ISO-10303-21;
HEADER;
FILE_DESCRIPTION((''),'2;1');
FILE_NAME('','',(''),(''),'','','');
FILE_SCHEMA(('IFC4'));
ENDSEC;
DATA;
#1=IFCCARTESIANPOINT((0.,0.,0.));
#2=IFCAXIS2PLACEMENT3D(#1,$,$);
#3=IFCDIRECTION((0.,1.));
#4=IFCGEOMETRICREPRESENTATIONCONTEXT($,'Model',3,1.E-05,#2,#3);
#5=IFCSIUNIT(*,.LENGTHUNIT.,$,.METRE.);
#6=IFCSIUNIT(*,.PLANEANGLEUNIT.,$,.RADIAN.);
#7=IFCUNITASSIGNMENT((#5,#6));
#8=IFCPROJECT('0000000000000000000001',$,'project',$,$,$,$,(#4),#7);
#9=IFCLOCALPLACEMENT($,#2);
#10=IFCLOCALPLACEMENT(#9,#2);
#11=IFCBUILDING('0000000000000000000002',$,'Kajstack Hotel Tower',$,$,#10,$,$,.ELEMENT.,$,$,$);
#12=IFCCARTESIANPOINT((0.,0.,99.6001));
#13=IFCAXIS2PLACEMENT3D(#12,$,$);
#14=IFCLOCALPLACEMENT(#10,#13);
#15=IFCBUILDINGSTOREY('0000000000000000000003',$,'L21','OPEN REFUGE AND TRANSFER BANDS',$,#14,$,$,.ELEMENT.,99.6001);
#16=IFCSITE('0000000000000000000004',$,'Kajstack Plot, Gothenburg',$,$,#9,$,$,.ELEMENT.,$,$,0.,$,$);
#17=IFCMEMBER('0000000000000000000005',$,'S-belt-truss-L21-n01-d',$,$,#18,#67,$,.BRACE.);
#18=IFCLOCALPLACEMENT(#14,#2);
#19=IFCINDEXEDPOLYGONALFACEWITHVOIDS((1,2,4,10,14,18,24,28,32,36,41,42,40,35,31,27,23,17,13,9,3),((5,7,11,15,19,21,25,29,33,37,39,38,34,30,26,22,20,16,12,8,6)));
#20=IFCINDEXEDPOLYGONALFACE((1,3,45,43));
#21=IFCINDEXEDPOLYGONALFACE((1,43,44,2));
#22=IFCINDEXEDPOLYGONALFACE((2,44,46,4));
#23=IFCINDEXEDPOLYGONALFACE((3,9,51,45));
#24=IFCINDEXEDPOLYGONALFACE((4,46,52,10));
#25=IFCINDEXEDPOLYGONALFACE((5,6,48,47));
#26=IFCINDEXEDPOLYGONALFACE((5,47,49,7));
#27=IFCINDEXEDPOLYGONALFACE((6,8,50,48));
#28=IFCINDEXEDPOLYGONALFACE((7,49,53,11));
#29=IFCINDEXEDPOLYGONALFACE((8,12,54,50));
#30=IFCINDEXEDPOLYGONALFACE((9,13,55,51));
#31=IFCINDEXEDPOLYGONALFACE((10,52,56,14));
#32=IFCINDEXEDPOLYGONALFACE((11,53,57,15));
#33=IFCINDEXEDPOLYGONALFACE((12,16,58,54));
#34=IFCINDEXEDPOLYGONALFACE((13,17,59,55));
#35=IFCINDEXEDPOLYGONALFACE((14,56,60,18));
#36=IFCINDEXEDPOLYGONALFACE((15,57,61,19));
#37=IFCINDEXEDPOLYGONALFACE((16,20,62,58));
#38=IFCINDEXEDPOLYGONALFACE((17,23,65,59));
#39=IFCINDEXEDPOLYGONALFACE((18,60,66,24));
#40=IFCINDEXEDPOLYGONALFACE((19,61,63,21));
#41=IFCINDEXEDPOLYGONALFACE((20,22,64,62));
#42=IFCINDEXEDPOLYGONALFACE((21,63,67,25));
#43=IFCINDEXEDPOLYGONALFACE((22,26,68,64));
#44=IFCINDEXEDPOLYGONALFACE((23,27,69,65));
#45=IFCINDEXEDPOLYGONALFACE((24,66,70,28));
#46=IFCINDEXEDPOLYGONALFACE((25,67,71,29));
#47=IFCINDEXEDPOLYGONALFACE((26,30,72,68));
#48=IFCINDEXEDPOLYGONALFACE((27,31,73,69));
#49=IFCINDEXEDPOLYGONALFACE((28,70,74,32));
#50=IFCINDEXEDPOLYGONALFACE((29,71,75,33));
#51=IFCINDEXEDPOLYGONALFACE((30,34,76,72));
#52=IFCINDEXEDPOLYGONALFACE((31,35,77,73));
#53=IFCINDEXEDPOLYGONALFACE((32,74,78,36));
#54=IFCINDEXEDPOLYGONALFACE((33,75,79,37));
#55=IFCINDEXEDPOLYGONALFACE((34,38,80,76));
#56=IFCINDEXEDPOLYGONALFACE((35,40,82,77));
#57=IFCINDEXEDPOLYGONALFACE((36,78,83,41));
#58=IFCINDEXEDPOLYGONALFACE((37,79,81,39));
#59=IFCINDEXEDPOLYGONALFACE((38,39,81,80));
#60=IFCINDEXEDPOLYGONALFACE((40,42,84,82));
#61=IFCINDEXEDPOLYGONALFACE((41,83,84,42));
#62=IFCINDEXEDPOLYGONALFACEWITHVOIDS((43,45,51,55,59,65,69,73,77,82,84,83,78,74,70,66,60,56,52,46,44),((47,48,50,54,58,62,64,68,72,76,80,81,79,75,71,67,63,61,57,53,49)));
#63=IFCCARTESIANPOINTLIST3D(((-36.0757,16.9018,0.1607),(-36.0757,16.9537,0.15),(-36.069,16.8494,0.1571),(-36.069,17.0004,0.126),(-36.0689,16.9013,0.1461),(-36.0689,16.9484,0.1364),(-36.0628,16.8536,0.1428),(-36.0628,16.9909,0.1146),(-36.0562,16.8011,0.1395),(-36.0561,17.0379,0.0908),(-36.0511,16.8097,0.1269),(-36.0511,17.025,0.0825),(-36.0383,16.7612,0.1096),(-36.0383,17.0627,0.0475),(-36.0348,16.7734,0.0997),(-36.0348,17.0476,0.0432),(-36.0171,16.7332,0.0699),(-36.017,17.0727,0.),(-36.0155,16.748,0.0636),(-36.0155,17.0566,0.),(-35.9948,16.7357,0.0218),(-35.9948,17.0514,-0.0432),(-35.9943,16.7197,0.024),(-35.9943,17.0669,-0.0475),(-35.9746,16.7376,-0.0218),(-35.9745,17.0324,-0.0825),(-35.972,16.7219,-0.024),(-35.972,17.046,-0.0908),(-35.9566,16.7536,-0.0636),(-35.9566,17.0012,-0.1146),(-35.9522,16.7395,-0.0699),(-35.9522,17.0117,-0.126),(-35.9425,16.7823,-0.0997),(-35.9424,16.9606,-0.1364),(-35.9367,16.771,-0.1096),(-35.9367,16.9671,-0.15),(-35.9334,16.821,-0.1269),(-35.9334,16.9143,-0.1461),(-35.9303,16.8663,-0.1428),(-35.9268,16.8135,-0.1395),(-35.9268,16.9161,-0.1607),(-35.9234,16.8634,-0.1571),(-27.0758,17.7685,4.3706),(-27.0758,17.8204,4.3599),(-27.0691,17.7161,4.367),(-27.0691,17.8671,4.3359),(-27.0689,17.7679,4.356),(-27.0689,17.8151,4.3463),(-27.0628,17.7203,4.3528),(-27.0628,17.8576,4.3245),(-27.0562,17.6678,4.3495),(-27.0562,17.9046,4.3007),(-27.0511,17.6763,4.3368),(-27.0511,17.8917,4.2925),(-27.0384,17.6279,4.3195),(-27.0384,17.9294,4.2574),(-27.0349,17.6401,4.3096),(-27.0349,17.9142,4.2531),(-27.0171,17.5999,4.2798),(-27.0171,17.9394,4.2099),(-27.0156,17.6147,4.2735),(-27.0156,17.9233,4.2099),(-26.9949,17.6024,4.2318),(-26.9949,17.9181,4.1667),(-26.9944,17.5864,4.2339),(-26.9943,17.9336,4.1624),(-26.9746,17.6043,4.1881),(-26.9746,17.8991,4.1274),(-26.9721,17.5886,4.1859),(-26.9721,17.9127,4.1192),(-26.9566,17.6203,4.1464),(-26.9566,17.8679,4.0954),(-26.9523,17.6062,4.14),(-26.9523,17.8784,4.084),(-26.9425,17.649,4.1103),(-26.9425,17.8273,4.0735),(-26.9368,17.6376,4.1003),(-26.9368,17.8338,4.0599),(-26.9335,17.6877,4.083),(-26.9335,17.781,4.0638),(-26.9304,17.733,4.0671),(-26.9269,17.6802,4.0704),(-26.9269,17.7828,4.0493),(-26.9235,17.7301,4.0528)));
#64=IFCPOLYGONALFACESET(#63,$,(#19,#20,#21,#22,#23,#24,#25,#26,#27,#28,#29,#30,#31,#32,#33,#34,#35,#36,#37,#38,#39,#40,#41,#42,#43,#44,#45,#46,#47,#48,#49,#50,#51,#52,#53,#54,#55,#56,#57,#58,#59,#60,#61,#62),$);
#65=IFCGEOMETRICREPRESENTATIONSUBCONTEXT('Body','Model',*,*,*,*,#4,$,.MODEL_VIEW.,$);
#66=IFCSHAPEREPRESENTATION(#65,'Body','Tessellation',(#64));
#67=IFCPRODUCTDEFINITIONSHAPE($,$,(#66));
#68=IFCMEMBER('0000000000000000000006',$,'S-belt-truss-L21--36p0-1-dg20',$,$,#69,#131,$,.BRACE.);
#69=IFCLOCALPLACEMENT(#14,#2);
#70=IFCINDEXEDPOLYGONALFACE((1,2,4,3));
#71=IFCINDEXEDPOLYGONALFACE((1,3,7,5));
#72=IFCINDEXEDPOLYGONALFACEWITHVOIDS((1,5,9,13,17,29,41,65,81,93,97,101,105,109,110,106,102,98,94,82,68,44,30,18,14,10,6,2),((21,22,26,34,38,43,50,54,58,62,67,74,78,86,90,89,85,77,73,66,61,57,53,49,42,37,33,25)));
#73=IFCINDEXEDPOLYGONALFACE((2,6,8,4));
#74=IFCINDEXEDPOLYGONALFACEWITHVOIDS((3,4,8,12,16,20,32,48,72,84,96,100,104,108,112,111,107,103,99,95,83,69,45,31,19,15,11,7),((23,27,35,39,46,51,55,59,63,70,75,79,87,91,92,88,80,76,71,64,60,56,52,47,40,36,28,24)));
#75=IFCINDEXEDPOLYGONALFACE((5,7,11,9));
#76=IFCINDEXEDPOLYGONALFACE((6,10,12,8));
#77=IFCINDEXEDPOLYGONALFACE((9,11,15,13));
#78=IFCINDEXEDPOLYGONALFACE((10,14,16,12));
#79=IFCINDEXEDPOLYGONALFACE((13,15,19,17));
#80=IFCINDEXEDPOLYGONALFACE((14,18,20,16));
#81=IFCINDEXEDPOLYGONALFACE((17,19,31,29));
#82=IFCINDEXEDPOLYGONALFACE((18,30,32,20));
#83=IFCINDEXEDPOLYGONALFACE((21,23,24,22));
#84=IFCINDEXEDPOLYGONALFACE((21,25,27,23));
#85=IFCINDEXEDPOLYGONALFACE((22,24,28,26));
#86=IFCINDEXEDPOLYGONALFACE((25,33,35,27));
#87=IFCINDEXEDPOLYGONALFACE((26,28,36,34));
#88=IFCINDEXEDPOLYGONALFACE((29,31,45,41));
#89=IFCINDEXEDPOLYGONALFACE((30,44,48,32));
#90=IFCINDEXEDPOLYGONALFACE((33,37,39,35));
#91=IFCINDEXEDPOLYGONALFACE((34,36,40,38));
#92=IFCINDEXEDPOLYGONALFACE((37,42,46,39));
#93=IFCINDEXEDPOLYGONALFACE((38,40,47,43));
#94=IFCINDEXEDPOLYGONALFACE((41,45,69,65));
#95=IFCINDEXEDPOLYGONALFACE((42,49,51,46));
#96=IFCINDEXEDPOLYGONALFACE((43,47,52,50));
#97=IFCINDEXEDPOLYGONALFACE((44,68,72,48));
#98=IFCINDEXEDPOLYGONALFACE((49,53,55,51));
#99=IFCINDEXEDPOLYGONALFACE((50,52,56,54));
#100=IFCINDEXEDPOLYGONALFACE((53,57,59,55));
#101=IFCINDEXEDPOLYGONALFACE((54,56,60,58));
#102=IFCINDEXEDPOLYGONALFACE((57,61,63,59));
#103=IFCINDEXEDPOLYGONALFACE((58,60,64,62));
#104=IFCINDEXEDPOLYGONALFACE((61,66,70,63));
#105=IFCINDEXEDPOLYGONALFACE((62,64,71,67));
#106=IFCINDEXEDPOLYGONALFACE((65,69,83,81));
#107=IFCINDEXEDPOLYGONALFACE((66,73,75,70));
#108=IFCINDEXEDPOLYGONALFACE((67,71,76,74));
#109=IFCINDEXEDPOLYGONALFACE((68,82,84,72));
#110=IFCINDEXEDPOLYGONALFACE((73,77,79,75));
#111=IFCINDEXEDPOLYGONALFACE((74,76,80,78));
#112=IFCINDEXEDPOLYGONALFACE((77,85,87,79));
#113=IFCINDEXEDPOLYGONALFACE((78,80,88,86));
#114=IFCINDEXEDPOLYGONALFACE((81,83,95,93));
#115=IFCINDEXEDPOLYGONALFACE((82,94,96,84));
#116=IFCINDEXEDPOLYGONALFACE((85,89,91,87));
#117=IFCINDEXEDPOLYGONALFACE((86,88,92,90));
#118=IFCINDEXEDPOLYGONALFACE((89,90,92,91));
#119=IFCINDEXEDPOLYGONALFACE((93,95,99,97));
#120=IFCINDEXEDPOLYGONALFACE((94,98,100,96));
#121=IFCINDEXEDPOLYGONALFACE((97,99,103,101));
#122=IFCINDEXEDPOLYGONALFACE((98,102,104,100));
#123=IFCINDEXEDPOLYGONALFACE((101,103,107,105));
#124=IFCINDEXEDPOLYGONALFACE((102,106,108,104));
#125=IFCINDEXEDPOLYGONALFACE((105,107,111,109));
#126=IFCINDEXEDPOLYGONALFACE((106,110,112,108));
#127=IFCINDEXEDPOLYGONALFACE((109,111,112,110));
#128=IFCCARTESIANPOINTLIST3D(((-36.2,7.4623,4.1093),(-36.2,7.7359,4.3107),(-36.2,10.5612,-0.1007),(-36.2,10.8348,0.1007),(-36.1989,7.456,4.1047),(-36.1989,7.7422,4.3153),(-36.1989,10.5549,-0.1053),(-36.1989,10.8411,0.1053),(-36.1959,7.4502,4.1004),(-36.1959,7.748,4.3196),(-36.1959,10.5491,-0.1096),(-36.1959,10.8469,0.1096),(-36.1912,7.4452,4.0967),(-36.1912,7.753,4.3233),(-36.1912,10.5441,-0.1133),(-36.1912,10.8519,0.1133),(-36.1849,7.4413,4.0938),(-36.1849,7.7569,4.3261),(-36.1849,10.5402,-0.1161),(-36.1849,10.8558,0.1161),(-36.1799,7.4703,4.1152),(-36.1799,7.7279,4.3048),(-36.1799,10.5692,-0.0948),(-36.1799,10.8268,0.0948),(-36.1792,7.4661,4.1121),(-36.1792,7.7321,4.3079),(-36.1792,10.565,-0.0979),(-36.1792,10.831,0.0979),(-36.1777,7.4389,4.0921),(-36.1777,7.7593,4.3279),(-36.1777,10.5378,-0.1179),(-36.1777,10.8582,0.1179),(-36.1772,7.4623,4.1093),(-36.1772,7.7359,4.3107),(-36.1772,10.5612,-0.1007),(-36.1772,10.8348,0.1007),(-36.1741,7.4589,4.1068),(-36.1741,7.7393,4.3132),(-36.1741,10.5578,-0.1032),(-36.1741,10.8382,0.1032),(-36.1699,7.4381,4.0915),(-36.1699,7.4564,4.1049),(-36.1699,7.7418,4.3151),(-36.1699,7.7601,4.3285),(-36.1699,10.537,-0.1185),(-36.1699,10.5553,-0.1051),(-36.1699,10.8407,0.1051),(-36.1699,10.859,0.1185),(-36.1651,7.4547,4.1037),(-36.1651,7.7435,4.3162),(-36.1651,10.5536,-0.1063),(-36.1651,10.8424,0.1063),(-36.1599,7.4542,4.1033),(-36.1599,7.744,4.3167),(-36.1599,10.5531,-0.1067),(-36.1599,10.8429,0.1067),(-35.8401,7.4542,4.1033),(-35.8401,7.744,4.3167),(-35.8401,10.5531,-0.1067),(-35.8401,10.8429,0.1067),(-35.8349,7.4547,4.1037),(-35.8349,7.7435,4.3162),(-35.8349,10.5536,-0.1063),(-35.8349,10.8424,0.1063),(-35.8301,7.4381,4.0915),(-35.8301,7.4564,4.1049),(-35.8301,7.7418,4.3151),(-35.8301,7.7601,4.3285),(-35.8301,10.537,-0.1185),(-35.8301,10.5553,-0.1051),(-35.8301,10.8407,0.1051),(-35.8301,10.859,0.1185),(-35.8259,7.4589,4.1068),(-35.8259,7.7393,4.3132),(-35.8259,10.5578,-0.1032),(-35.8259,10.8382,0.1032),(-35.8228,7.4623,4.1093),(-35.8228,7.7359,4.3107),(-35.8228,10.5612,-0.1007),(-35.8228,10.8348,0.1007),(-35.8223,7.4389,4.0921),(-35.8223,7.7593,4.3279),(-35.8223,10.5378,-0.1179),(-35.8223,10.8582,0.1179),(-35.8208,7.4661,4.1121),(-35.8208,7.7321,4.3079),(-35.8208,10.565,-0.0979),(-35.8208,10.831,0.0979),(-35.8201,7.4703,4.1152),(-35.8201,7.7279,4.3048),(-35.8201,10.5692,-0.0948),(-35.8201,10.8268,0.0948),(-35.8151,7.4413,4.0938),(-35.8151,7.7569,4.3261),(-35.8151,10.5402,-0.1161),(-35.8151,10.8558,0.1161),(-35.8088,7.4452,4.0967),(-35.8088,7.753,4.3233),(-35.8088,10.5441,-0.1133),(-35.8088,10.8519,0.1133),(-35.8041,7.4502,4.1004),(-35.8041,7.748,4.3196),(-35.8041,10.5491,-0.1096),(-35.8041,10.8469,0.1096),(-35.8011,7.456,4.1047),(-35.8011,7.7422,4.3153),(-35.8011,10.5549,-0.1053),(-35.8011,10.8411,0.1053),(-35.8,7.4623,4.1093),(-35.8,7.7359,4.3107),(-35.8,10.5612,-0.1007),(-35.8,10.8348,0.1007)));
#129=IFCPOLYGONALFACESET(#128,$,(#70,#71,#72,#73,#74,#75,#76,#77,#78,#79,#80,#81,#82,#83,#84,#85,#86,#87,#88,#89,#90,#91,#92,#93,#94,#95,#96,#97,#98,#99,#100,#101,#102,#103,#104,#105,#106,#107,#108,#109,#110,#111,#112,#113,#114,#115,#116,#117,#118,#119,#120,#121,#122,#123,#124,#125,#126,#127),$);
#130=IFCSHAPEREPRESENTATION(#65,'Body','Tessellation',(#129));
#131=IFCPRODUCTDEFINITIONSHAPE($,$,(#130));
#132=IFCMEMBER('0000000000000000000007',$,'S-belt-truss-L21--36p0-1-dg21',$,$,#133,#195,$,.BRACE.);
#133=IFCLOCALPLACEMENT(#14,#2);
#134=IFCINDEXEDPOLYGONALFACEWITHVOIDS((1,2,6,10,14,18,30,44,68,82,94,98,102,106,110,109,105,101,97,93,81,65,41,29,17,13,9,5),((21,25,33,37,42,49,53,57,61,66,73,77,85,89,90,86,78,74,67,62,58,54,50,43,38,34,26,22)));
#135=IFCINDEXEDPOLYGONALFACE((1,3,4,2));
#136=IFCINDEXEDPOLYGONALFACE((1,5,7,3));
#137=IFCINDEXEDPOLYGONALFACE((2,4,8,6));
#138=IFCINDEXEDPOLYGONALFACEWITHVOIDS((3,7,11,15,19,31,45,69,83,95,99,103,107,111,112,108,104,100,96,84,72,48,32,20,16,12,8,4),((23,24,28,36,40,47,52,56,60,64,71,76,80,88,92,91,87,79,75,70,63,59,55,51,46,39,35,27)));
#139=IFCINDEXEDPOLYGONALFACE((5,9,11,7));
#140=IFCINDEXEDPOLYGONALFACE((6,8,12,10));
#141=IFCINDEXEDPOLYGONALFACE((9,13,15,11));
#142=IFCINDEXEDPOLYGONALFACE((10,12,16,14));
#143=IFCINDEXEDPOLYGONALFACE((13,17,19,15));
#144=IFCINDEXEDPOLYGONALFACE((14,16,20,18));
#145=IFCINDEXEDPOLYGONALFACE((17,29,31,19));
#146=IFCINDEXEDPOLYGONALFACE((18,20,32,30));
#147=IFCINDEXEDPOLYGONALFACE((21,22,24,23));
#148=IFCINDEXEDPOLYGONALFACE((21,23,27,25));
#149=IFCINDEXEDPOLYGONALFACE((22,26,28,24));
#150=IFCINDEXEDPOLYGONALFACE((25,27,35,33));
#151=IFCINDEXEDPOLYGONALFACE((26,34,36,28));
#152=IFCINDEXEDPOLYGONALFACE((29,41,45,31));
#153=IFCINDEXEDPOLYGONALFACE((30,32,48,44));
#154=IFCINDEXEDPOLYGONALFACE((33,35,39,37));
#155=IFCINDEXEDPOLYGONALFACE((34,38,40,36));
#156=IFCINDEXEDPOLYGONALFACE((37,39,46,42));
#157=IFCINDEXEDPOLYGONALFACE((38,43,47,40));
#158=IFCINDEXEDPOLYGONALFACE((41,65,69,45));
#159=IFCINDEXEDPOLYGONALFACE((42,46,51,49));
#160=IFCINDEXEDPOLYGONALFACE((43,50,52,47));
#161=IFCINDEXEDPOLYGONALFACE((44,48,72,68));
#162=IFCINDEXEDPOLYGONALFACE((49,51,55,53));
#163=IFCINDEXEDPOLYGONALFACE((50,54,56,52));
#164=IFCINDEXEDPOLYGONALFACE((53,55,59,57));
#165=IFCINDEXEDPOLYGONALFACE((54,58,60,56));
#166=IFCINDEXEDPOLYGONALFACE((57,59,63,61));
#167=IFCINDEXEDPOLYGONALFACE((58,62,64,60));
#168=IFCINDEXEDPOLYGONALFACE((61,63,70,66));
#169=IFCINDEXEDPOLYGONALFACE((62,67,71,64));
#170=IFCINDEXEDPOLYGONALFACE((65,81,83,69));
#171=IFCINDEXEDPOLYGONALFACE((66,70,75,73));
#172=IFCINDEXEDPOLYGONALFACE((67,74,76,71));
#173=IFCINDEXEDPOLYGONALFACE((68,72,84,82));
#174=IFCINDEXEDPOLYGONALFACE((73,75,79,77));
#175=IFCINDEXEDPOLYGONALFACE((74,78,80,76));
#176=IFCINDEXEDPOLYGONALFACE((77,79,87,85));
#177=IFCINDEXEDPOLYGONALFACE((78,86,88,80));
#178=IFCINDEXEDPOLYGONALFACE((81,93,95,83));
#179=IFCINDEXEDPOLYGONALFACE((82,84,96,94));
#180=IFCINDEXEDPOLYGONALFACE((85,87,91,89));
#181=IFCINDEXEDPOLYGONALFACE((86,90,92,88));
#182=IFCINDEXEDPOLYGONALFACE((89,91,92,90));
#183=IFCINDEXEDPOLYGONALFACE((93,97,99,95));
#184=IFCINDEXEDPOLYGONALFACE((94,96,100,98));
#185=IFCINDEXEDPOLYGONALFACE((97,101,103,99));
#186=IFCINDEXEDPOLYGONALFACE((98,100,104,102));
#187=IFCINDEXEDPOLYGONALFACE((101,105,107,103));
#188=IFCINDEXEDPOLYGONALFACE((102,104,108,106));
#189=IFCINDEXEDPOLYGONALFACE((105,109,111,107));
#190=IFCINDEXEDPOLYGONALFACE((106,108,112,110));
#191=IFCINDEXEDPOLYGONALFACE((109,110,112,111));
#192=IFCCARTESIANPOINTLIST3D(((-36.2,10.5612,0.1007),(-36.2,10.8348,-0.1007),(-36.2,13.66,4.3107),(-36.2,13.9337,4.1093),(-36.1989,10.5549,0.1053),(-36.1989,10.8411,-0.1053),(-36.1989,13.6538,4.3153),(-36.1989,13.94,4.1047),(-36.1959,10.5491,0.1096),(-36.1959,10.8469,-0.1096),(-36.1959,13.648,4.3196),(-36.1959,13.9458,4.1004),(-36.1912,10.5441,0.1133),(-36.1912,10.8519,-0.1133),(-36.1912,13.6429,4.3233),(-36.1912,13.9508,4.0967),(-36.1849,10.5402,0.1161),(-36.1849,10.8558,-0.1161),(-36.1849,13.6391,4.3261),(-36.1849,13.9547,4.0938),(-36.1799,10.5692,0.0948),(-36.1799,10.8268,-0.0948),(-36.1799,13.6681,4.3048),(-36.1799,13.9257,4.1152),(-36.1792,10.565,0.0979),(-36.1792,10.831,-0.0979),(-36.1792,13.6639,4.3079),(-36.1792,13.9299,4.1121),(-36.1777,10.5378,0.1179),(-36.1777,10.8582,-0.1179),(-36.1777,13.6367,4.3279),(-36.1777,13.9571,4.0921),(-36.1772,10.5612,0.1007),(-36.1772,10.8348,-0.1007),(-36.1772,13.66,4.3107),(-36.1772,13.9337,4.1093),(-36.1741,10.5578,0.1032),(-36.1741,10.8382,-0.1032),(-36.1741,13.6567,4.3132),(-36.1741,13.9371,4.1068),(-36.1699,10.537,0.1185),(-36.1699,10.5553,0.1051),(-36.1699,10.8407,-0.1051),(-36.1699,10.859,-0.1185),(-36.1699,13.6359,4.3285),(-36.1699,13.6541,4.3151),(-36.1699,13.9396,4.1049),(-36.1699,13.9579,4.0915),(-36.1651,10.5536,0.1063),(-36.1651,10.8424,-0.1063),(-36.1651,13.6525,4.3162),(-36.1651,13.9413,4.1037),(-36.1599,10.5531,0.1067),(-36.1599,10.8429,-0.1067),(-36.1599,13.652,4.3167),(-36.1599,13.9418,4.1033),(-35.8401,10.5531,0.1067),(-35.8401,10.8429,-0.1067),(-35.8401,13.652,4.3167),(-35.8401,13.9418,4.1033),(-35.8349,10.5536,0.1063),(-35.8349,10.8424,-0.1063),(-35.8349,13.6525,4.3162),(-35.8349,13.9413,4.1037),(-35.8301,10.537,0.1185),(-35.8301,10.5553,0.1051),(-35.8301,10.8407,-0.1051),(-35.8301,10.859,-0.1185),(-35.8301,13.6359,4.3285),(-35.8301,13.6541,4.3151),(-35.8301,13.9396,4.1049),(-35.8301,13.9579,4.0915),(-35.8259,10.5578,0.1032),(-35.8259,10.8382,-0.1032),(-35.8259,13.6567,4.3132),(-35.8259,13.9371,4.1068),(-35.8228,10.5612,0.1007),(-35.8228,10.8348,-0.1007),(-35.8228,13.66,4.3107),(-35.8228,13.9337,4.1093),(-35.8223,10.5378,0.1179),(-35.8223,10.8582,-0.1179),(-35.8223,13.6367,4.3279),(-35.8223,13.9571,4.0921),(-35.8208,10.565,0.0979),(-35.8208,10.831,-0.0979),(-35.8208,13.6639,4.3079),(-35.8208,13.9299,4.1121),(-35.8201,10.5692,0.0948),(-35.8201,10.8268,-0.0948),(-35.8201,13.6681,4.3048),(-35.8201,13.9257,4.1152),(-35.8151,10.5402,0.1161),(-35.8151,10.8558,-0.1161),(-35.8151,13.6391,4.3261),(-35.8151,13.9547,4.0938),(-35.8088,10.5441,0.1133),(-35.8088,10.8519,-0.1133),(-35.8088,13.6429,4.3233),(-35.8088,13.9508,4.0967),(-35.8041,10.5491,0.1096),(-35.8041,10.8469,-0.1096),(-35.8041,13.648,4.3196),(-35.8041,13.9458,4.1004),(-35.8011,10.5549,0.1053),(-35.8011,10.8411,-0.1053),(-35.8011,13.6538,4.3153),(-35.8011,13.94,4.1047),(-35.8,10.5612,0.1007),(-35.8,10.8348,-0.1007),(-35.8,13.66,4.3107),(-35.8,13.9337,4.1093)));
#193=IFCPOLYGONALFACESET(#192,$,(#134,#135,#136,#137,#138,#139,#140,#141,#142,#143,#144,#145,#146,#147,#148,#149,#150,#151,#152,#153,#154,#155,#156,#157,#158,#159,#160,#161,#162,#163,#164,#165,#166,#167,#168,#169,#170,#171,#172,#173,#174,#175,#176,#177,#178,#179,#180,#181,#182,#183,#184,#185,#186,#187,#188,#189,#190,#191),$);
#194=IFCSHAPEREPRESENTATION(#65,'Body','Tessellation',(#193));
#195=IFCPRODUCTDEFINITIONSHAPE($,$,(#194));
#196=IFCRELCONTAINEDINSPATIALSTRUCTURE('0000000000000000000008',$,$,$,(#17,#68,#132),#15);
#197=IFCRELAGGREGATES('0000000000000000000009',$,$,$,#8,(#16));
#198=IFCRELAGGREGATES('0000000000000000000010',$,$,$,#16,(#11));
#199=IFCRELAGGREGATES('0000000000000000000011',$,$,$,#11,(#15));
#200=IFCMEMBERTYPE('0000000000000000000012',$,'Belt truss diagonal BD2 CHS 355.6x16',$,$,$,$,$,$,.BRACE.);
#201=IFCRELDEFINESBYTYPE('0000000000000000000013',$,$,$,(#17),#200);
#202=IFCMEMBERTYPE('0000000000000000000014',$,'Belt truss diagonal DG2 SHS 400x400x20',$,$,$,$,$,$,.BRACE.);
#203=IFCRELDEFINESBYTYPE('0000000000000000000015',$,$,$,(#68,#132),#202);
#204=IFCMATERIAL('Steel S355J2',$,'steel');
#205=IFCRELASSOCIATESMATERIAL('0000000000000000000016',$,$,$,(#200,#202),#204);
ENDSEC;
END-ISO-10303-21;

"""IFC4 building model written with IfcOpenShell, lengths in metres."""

from ifc_helpers import new_model, si_unit, direction, frame, origin, origin_2d, place, context, subcontext, project, spatial, hollow_rectangle, hollow_circle, extrude, material, material_profile, profile_set, type_object, element, save


model = new_model("IFC4")

# Units and contexts
model_context = context("Model", 3, precision=1e-05, world=origin(), true_north=direction((0.0, 1.0)))
body_context = subcontext(model_context, "Body", "Model", "MODEL_VIEW")
ifc_project = project(units=[si_unit("LENGTHUNIT", "METRE"), si_unit("PLANEANGLEUNIT", "RADIAN")], contexts=[model_context])

# Site, building, storey
site_placement = place(None, origin())
site = spatial("IfcSite", under=ifc_project, at=site_placement, Name="Kajstack Plot, Gothenburg", CompositionType="ELEMENT", RefElevation=0.0)
building_placement = place(site_placement, origin())
building = spatial("IfcBuilding", under=site, at=building_placement, Name="Kajstack Hotel Tower", CompositionType="ELEMENT")
storey_placement = place(building_placement, frame((0.0, 0.0, 99.6001)))
storey = spatial("IfcBuildingStorey", under=building, at=storey_placement, Name="L21", Description="OPEN REFUGE AND TRANSFER BANDS", CompositionType="ELEMENT", Elevation=99.6001)

# Members
ifc_material = material(Name="Steel S355J2", Category="steel")
ifc_material_profile_1 = material_profile(ifc_material, hollow_circle(Radius=0.1777, WallThickness=0.0161, at=origin_2d()), Name="CHS 355.6x16")
ifc_profile_set_1 = profile_set([ifc_material_profile_1], Name="Steel S355J2")
member_type_1 = type_object("IfcMemberType", Name="Belt truss diagonal BD2 CHS 355.6x16", PredefinedType="BRACE", material=ifc_profile_set_1)
member_1_placement = place(storey_placement, frame((-36.0, 16.8958, 0.0), z_axis=(0.902372, 0.086898, 0.422106), x_axis=(-0.095856, 0.995395, 0.0)))
element("IfcMember", 1, at=member_1_placement, inside=storey, type_object=member_type_1, Name="S-belt-truss-L21-n01-d", PredefinedType="BRACE", context=body_context, shape_type="SweptSolid", body=[
    extrude(hollow_circle(Radius=0.1777, WallThickness=0.0161, at=origin_2d()), origin(), (0.0, 0.0, 1.0), 9.9736),
])
ifc_material_profile_2 = material_profile(ifc_material, hollow_rectangle(XDim=0.3999, YDim=0.3999, WallThickness=0.02, InnerFilletRadius=0.02, OuterFilletRadius=0.03, at=origin_2d()), Name="SHS 400x400x20")
ifc_profile_set_2 = profile_set([ifc_material_profile_2], Name="Steel S355J2")
member_type_2 = type_object("IfcMemberType", Name="Belt truss diagonal DG2 SHS 400x400x20", PredefinedType="BRACE", material=ifc_profile_set_2)
for number, where, z_axis, x_axis, name in (
    (2, (-36.0, 10.698, 0.0), (0.0, -0.592802, 0.805348), (1.0, 0.0, 0.0), "S-belt-truss-L21--36p0-1-dg20"),
    (3, (-36.0, 10.698, 0.0), (0.0, 0.592802, 0.805348), (-1.0, 0.0, 0.0), "S-belt-truss-L21--36p0-1-dg21"),
):
    element("IfcMember", number, at=place(storey_placement, frame(where, z_axis=z_axis, x_axis=x_axis)), inside=storey, type_object=member_type_2, Name=name, PredefinedType="BRACE", context=body_context, shape_type="SweptSolid", body=[
        extrude(hollow_rectangle(XDim=0.3999, YDim=0.3999, WallThickness=0.02, InnerFilletRadius=0.02, OuterFilletRadius=0.03, at=origin_2d()), origin(), (0.0, 0.0, 1.0), 5.2275),
    ])

save(model, "model.ifc")
